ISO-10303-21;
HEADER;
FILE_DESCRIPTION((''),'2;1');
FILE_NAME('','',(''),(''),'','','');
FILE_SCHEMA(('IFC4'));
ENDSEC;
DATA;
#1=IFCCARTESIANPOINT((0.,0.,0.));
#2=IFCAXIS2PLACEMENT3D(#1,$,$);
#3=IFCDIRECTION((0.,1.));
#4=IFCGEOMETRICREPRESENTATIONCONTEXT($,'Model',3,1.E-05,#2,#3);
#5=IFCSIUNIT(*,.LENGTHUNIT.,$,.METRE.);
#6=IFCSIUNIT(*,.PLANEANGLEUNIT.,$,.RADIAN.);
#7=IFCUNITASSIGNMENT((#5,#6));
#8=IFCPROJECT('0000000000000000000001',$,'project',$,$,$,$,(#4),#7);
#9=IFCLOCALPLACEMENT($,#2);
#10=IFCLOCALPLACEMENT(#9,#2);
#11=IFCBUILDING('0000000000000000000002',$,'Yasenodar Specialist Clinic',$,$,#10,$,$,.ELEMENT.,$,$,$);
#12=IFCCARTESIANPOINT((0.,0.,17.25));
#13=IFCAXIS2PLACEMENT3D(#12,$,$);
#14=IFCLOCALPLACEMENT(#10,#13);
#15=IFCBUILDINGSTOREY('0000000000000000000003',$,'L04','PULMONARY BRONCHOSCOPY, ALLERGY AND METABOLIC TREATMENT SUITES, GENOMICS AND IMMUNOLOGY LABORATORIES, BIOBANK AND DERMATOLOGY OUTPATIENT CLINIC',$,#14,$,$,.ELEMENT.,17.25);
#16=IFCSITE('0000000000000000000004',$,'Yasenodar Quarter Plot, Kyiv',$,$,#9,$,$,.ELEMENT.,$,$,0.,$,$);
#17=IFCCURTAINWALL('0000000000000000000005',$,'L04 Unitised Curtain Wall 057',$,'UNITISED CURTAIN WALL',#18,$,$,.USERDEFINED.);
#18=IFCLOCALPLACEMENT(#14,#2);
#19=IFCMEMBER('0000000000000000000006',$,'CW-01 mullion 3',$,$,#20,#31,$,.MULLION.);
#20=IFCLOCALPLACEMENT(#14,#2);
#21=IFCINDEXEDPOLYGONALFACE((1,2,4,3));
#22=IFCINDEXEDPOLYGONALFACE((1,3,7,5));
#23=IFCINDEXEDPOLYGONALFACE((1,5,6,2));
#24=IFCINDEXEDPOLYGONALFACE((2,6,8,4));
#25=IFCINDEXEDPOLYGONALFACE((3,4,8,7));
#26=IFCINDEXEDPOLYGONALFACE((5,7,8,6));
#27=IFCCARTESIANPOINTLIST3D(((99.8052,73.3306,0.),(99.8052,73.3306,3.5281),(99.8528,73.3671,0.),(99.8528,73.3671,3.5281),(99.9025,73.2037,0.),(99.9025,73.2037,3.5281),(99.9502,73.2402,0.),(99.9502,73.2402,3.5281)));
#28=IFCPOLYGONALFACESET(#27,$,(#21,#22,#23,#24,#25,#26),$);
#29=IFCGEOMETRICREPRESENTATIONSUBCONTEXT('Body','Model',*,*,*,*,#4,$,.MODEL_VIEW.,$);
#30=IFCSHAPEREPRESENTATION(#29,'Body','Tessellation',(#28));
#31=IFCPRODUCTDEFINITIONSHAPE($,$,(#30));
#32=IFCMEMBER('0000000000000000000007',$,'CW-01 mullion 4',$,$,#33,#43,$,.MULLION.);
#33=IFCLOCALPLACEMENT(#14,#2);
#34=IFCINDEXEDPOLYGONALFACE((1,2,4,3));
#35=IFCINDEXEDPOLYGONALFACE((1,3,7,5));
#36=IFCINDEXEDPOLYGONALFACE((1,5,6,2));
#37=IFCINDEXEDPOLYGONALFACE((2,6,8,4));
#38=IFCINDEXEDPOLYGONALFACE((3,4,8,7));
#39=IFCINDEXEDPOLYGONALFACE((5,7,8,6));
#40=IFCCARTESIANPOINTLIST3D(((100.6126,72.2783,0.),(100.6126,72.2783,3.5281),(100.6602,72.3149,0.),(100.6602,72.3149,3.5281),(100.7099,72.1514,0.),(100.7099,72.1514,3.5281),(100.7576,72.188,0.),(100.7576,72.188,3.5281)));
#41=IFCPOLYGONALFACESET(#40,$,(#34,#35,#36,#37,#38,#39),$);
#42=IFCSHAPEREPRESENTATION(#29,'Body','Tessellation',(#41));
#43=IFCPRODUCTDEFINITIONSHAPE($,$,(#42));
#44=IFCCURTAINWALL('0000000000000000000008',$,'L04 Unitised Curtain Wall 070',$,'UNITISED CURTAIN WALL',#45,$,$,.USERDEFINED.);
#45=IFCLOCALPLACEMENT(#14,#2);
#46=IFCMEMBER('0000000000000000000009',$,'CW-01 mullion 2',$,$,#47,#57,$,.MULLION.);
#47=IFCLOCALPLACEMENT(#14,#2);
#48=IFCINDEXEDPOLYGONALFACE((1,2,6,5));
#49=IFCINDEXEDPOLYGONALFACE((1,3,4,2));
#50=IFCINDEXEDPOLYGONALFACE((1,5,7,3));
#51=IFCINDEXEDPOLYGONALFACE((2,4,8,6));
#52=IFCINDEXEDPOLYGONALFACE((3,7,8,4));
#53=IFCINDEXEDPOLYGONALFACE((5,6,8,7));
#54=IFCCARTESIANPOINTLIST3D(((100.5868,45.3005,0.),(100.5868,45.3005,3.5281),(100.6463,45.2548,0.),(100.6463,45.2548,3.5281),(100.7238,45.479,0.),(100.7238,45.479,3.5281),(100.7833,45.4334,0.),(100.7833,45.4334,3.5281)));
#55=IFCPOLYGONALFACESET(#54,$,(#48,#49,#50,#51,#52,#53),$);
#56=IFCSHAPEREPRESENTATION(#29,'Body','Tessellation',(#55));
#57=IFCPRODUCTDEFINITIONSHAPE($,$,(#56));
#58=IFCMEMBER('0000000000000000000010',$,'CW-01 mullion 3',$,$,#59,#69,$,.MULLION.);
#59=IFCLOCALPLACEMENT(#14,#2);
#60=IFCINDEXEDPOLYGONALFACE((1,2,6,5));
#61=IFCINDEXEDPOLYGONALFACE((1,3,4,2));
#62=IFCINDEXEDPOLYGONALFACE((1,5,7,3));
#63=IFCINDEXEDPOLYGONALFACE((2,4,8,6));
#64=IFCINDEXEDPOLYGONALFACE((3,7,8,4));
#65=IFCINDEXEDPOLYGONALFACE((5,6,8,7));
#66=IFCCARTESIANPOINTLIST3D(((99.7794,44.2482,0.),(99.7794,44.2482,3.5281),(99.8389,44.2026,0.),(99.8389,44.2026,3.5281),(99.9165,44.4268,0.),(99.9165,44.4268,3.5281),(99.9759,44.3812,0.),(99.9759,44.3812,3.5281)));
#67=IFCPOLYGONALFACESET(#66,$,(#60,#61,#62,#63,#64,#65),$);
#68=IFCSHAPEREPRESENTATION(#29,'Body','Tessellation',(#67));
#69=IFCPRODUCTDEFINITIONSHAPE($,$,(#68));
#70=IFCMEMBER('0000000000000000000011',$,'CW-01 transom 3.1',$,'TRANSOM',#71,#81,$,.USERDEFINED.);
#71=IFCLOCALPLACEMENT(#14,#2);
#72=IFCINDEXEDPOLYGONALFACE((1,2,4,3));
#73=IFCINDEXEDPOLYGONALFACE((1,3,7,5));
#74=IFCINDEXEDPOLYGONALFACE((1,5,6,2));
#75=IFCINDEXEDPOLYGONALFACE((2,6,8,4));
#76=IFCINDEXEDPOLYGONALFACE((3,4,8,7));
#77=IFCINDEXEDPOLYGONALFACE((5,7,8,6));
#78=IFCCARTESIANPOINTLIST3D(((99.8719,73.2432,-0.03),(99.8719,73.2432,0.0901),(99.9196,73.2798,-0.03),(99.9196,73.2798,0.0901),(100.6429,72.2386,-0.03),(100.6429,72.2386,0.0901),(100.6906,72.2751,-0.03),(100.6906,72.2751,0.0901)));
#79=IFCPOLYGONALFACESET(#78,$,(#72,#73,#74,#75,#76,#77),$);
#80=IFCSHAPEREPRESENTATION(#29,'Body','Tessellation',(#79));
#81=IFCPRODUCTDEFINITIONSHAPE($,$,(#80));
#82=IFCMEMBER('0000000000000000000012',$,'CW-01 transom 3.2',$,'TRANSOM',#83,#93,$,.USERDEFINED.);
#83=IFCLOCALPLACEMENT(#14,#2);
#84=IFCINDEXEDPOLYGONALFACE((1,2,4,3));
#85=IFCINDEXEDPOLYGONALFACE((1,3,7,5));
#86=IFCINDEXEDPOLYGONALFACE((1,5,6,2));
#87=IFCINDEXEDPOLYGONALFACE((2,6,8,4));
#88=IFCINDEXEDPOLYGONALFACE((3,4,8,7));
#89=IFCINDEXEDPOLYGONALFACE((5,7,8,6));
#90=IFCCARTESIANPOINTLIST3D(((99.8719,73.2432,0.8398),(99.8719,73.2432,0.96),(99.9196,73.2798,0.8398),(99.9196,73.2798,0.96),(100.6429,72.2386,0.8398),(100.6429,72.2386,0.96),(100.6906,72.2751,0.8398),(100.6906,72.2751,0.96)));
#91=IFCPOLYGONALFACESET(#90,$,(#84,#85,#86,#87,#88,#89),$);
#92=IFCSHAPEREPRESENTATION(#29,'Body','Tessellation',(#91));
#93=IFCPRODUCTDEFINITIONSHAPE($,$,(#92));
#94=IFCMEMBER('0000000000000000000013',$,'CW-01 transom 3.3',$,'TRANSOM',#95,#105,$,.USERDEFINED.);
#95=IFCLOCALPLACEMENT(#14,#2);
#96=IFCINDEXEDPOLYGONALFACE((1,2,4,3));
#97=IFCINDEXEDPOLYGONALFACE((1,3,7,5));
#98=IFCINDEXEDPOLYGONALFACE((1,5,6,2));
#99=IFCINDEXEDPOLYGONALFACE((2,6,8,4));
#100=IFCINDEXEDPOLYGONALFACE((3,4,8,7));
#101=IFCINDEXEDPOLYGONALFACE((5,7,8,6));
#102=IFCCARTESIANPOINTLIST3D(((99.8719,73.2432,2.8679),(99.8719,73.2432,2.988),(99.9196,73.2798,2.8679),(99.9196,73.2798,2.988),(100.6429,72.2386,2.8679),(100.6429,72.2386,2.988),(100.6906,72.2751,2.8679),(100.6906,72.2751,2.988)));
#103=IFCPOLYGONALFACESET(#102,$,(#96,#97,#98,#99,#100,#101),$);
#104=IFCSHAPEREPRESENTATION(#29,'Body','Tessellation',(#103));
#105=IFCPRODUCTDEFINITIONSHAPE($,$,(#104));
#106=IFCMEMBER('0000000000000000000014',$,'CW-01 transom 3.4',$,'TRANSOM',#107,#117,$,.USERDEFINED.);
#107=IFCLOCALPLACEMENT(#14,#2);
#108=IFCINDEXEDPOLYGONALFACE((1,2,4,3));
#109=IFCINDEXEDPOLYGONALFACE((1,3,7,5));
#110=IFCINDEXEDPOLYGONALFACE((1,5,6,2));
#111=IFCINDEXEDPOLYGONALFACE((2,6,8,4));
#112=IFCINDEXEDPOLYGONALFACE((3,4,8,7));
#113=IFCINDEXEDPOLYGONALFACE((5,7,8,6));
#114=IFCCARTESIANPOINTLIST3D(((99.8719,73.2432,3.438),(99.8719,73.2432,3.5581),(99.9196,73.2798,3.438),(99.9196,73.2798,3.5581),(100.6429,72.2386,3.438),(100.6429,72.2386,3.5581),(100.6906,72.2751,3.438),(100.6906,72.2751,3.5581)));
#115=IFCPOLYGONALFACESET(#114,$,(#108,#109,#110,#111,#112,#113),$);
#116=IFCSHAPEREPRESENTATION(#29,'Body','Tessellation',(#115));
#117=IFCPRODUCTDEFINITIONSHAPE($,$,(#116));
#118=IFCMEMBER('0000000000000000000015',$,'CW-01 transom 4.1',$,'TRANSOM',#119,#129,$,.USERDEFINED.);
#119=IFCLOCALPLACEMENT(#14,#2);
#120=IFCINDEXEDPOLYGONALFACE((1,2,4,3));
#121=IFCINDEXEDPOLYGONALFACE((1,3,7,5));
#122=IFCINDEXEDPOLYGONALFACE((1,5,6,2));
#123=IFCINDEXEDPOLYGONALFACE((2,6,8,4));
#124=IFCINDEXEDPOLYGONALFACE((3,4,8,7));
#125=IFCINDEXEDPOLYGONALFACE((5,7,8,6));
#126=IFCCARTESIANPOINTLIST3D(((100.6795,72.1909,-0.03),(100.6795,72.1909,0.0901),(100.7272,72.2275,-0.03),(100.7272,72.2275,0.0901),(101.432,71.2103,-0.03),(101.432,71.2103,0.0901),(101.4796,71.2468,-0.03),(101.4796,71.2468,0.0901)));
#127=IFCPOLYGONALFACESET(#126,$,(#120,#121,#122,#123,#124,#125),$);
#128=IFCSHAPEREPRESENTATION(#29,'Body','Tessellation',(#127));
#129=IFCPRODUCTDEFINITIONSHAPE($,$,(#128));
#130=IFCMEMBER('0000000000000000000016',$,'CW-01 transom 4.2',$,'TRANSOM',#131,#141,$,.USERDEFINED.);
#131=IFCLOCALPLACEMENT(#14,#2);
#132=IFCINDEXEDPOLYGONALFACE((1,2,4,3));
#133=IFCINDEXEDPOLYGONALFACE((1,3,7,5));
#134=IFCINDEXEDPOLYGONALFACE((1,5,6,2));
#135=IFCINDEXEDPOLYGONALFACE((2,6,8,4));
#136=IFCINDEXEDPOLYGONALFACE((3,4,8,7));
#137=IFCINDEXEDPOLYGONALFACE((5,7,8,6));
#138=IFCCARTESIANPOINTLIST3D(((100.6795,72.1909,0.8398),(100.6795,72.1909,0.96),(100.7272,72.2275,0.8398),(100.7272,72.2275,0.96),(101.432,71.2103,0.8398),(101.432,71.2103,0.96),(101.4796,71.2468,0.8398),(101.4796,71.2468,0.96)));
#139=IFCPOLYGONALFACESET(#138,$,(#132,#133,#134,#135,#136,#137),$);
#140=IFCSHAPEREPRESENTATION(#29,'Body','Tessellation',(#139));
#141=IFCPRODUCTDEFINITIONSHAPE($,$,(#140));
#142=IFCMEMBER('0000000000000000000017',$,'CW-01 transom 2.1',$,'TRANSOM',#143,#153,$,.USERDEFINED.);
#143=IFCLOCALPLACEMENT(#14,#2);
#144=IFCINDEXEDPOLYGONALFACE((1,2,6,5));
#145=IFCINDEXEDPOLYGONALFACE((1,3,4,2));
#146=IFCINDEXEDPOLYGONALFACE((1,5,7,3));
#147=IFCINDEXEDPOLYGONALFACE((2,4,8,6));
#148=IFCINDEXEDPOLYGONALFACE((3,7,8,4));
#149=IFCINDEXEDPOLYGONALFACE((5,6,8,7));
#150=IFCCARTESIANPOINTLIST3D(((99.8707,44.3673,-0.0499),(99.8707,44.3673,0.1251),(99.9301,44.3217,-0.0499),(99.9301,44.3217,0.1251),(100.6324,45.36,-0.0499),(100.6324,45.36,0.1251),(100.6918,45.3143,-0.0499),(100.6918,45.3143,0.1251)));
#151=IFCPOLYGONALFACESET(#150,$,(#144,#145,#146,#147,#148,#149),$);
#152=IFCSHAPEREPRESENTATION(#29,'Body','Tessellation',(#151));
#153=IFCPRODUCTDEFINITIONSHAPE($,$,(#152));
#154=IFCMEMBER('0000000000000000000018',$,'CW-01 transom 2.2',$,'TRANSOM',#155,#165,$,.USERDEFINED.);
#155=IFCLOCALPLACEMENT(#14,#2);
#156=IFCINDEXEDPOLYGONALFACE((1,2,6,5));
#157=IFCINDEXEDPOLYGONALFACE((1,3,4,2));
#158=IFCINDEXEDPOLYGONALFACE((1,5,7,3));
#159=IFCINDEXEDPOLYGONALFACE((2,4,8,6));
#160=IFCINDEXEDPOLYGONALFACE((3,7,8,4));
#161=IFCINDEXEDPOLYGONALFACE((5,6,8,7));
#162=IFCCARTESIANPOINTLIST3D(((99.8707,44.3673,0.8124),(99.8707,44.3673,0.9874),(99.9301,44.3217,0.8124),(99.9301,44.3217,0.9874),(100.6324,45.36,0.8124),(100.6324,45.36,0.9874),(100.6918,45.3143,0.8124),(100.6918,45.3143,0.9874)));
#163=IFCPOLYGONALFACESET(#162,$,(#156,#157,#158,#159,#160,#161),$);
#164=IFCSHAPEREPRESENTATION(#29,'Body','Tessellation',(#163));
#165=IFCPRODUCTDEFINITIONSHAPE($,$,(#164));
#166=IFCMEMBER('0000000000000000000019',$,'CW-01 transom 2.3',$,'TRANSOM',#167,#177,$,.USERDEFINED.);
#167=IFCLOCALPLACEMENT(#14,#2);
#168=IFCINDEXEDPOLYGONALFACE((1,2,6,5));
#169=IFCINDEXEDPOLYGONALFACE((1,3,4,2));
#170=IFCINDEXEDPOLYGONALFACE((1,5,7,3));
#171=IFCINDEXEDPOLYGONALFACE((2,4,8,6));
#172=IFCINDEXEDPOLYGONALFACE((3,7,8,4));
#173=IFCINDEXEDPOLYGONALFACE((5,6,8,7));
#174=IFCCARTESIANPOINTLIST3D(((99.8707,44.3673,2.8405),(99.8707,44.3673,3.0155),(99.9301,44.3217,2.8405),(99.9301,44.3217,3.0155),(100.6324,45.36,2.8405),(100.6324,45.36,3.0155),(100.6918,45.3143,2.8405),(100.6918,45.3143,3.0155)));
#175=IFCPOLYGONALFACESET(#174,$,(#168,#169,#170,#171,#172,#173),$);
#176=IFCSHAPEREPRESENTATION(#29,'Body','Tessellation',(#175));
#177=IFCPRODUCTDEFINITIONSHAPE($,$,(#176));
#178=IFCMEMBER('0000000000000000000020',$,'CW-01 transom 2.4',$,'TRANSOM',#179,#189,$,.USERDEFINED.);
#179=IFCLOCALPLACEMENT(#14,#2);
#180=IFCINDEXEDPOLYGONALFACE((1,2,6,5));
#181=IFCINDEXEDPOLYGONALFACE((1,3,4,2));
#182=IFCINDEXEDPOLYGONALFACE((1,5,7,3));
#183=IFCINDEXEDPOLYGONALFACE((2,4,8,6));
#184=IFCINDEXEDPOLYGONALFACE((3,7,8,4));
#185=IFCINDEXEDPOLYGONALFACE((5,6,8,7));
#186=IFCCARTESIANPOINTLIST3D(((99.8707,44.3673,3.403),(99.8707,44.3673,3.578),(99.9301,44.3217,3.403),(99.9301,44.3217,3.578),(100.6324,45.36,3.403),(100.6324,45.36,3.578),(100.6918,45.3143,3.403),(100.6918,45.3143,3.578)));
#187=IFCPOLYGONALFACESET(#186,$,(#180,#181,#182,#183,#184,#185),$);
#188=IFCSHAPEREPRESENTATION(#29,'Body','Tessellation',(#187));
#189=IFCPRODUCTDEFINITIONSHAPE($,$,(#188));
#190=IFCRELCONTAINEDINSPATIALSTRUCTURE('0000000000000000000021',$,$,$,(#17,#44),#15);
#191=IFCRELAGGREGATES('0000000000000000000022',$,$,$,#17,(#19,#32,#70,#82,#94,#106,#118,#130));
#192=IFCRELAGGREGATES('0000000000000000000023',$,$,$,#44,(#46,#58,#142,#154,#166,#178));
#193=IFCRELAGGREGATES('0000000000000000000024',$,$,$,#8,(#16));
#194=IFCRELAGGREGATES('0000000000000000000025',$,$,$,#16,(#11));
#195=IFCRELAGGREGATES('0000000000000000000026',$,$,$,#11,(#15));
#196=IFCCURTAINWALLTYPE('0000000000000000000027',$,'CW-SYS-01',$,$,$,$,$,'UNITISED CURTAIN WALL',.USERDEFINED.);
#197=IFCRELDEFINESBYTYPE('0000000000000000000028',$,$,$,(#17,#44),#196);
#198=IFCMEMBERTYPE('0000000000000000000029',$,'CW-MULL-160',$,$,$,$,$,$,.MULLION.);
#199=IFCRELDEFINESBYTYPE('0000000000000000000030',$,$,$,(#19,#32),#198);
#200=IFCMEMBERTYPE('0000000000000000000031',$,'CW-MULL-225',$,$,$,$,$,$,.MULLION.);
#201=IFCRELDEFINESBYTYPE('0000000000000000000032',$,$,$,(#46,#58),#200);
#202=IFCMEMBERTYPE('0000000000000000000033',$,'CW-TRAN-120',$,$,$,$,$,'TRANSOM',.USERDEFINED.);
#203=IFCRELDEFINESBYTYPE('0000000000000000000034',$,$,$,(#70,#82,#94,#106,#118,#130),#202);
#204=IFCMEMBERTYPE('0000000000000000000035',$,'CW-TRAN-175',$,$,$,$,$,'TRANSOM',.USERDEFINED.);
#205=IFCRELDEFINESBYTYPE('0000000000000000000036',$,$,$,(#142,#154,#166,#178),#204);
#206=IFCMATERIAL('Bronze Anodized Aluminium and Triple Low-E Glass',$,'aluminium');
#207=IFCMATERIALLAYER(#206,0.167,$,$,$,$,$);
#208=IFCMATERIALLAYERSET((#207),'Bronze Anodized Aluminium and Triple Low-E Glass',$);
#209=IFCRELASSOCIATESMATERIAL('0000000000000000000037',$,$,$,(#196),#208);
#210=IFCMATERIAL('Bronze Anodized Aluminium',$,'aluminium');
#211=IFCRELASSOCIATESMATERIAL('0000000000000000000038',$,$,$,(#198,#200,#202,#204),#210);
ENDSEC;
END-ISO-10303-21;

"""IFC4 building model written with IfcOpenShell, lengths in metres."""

from ifc_helpers import new_model, si_unit, direction, frame, origin, origin_2d, place, context, subcontext, project, spatial, rectangle, extrude, material, layer, layer_set, material_profile, profile_set, type_object, element, aggregate, save


model = new_model("IFC4")

# Units and contexts
model_context = context("Model", 3, precision=1e-05, world=origin(), true_north=direction((0.0, 1.0)))
body_context = subcontext(model_context, "Body", "Model", "MODEL_VIEW")
ifc_project = project(units=[si_unit("LENGTHUNIT", "METRE"), si_unit("PLANEANGLEUNIT", "RADIAN")], contexts=[model_context])

# Site, building, storey
site_placement = place(None, origin())
site = spatial("IfcSite", under=ifc_project, at=site_placement, Name="Yasenodar Quarter Plot, Kyiv", CompositionType="ELEMENT", RefElevation=0.0)
building_placement = place(site_placement, origin())
building = spatial("IfcBuilding", under=site, at=building_placement, Name="Yasenodar Specialist Clinic", CompositionType="ELEMENT")
storey_placement = place(building_placement, frame((0.0, 0.0, 17.25)))
storey = spatial("IfcBuildingStorey", under=building, at=storey_placement, Name="L04", Description="PULMONARY BRONCHOSCOPY, ALLERGY AND METABOLIC TREATMENT SUITES, GENOMICS AND IMMUNOLOGY LABORATORIES, BIOBANK AND DERMATOLOGY OUTPATIENT CLINIC", CompositionType="ELEMENT", Elevation=17.25)

# Curtain walls, members
ifc_material_1 = material(Name="Bronze Anodized Aluminium and Triple Low-E Glass", Category="aluminium")
ifc_layer_1 = layer(ifc_material_1, 0.167)
ifc_layer_set_1 = layer_set([ifc_layer_1], Name="Bronze Anodized Aluminium and Triple Low-E Glass")
curtain_wall_type = type_object("IfcCurtainWallType", Name="CW-SYS-01", ElementType="UNITISED CURTAIN WALL", PredefinedType="USERDEFINED", material=ifc_layer_set_1)
curtain_wall_1_placement = place(storey_placement, origin())
curtain_wall_1 = element("IfcCurtainWall", 1, at=curtain_wall_1_placement, inside=storey, type_object=curtain_wall_type, Name="L04 Unitised Curtain Wall 057", ObjectType="UNITISED CURTAIN WALL", PredefinedType="USERDEFINED")
ifc_material_2 = material(Name="Bronze Anodized Aluminium", Category="aluminium")
ifc_material_profile_1 = material_profile(ifc_material_2, rectangle(XDim=0.0601, YDim=0.1599, at=origin_2d()), Name="CW-MULL 60x160")
ifc_profile_set_1 = profile_set([ifc_material_profile_1], Name="Bronze Anodized Aluminium")
member_type_1 = type_object("IfcMemberType", Name="CW-MULL-160", PredefinedType="MULLION", material=ifc_profile_set_1)
member_1_placement = place(storey_placement, frame((99.8777, 73.2854, 0.0), z_axis=(0.0, 0.0, 1.0), x_axis=(0.793361, 0.608752, 0.0)))
member_1 = element("IfcMember", 2, at=member_1_placement, type_object=member_type_1, Name="CW-01 mullion 3", PredefinedType="MULLION", context=body_context, shape_type="SweptSolid", body=[
    extrude(rectangle(XDim=0.0601, YDim=0.1599, at=origin_2d()), origin(), (0.0, 0.0, 1.0), 3.5281),
])
member_2_placement = place(storey_placement, frame((100.6851, 72.2332, 0.0), z_axis=(0.0, 0.0, 1.0), x_axis=(0.793361, 0.608752, 0.0)))
member_2 = element("IfcMember", 3, at=member_2_placement, type_object=member_type_1, Name="CW-01 mullion 4", PredefinedType="MULLION", context=body_context, shape_type="SweptSolid", body=[
    extrude(rectangle(XDim=0.0601, YDim=0.1599, at=origin_2d()), origin(), (0.0, 0.0, 1.0), 3.5281),
])
curtain_wall_2_placement = place(storey_placement, origin())
curtain_wall_2 = element("IfcCurtainWall", 4, at=curtain_wall_2_placement, inside=storey, type_object=curtain_wall_type, Name="L04 Unitised Curtain Wall 070", ObjectType="UNITISED CURTAIN WALL", PredefinedType="USERDEFINED")
ifc_material_profile_2 = material_profile(ifc_material_2, rectangle(XDim=0.075, YDim=0.2251, at=origin_2d()), Name="CW-MULL 75x225")
ifc_profile_set_2 = profile_set([ifc_material_profile_2], Name="Bronze Anodized Aluminium")
member_type_2 = type_object("IfcMemberType", Name="CW-MULL-225", PredefinedType="MULLION", material=ifc_profile_set_2)
member_3_placement = place(storey_placement, frame((100.6851, 45.3669, 0.0), z_axis=(0.0, 0.0, 1.0), x_axis=(0.793361, -0.608752, 0.0)))
member_3 = element("IfcMember", 5, at=member_3_placement, type_object=member_type_2, Name="CW-01 mullion 2", PredefinedType="MULLION", context=body_context, shape_type="SweptSolid", body=[
    extrude(rectangle(XDim=0.075, YDim=0.2251, at=origin_2d()), origin(), (0.0, 0.0, 1.0), 3.5281),
])
member_4_placement = place(storey_placement, frame((99.8777, 44.3147, 0.0), z_axis=(0.0, 0.0, 1.0), x_axis=(0.793361, -0.608752, 0.0)))
member_4 = element("IfcMember", 6, at=member_4_placement, type_object=member_type_2, Name="CW-01 mullion 3", PredefinedType="MULLION", context=body_context, shape_type="SweptSolid", body=[
    extrude(rectangle(XDim=0.075, YDim=0.2251, at=origin_2d()), origin(), (0.0, 0.0, 1.0), 3.5281),
])

# Members
ifc_material_profile_3 = material_profile(ifc_material_2, rectangle(XDim=0.0601, YDim=0.1201, at=origin_2d()), Name="CW-TRAN 60x120")
ifc_profile_set_3 = profile_set([ifc_material_profile_3], Name="Bronze Anodized Aluminium")
member_type_3 = type_object("IfcMemberType", Name="CW-TRAN-120", ElementType="TRANSOM", PredefinedType="USERDEFINED", material=ifc_profile_set_3)
member_5_placement = place(storey_placement, frame((99.8958, 73.2615, 0.03), z_axis=(0.608816, -0.793311, 0.0), x_axis=(0.793311, 0.608816, 0.0)))
member_5 = element("IfcMember", 7, at=member_5_placement, type_object=member_type_3, Name="CW-01 transom 3.1", ObjectType="TRANSOM", PredefinedType="USERDEFINED", context=body_context, shape_type="SweptSolid", body=[
    extrude(rectangle(XDim=0.0601, YDim=0.1201, at=origin_2d()), origin(), (0.0, 0.0, 1.0), 1.2664),
])
member_6_placement = place(storey_placement, frame((99.8958, 73.2615, 0.8999), z_axis=(0.608816, -0.793311, 0.0), x_axis=(0.793311, 0.608816, 0.0)))
member_6 = element("IfcMember", 8, at=member_6_placement, type_object=member_type_3, Name="CW-01 transom 3.2", ObjectType="TRANSOM", PredefinedType="USERDEFINED", context=body_context, shape_type="SweptSolid", body=[
    extrude(rectangle(XDim=0.0601, YDim=0.1201, at=origin_2d()), origin(), (0.0, 0.0, 1.0), 1.2664),
])
member_7_placement = place(storey_placement, frame((99.8958, 73.2615, 2.928), z_axis=(0.608816, -0.793311, 0.0), x_axis=(0.793311, 0.608816, 0.0)))
member_7 = element("IfcMember", 9, at=member_7_placement, type_object=member_type_3, Name="CW-01 transom 3.3", ObjectType="TRANSOM", PredefinedType="USERDEFINED", context=body_context, shape_type="SweptSolid", body=[
    extrude(rectangle(XDim=0.0601, YDim=0.1201, at=origin_2d()), origin(), (0.0, 0.0, 1.0), 1.2664),
])
member_8_placement = place(storey_placement, frame((99.8958, 73.2615, 3.498), z_axis=(0.608816, -0.793311, 0.0), x_axis=(0.793311, 0.608816, 0.0)))
member_8 = element("IfcMember", 10, at=member_8_placement, type_object=member_type_3, Name="CW-01 transom 3.4", ObjectType="TRANSOM", PredefinedType="USERDEFINED", context=body_context, shape_type="SweptSolid", body=[
    extrude(rectangle(XDim=0.0601, YDim=0.1201, at=origin_2d()), origin(), (0.0, 0.0, 1.0), 1.2664),
])
member_9_placement = place(storey_placement, frame((100.7034, 72.2092, 0.03), z_axis=(0.608718, -0.793387, 0.0), x_axis=(0.793387, 0.608718, 0.0)))
member_9 = element("IfcMember", 11, at=member_9_placement, type_object=member_type_3, Name="CW-01 transom 4.1", ObjectType="TRANSOM", PredefinedType="USERDEFINED", context=body_context, shape_type="SweptSolid", body=[
    extrude(rectangle(XDim=0.0601, YDim=0.1201, at=origin_2d()), origin(), (0.0, 0.0, 1.0), 1.2361),
])
member_10_placement = place(storey_placement, frame((100.7034, 72.2092, 0.8999), z_axis=(0.608718, -0.793387, 0.0), x_axis=(0.793387, 0.608718, 0.0)))
member_10 = element("IfcMember", 12, at=member_10_placement, type_object=member_type_3, Name="CW-01 transom 4.2", ObjectType="TRANSOM", PredefinedType="USERDEFINED", context=body_context, shape_type="SweptSolid", body=[
    extrude(rectangle(XDim=0.0601, YDim=0.1201, at=origin_2d()), origin(), (0.0, 0.0, 1.0), 1.2361),
])
ifc_material_profile_4 = material_profile(ifc_material_2, rectangle(XDim=0.075, YDim=0.175, at=origin_2d()), Name="CW-TRAN 75x175")
ifc_profile_set_4 = profile_set([ifc_material_profile_4], Name="Bronze Anodized Aluminium")
member_type_4 = type_object("IfcMemberType", Name="CW-TRAN-175", ElementType="TRANSOM", PredefinedType="USERDEFINED", material=ifc_profile_set_4)
member_11_placement = place(storey_placement, frame((100.6621, 45.3372, 0.0376), z_axis=(-0.608767, -0.793349, 0.0), x_axis=(0.793349, -0.608767, 0.0)))
member_11 = element("IfcMember", 13, at=member_11_placement, type_object=member_type_4, Name="CW-01 transom 2.1", ObjectType="TRANSOM", PredefinedType="USERDEFINED", context=body_context, shape_type="SweptSolid", body=[
    extrude(rectangle(XDim=0.075, YDim=0.175, at=origin_2d()), origin(), (0.0, 0.0, 1.0), 1.2512),
])
member_12_placement = place(storey_placement, frame((100.6621, 45.3372, 0.8999), z_axis=(-0.608767, -0.793349, 0.0), x_axis=(0.793349, -0.608767, 0.0)))
member_12 = element("IfcMember", 14, at=member_12_placement, type_object=member_type_4, Name="CW-01 transom 2.2", ObjectType="TRANSOM", PredefinedType="USERDEFINED", context=body_context, shape_type="SweptSolid", body=[
    extrude(rectangle(XDim=0.075, YDim=0.175, at=origin_2d()), origin(), (0.0, 0.0, 1.0), 1.2512),
])
member_13_placement = place(storey_placement, frame((100.6621, 45.3372, 2.928), z_axis=(-0.608767, -0.793349, 0.0), x_axis=(0.793349, -0.608767, 0.0)))
member_13 = element("IfcMember", 15, at=member_13_placement, type_object=member_type_4, Name="CW-01 transom 2.3", ObjectType="TRANSOM", PredefinedType="USERDEFINED", context=body_context, shape_type="SweptSolid", body=[
    extrude(rectangle(XDim=0.075, YDim=0.175, at=origin_2d()), origin(), (0.0, 0.0, 1.0), 1.2512),
])
member_14_placement = place(storey_placement, frame((100.6621, 45.3372, 3.4905), z_axis=(-0.608767, -0.793349, 0.0), x_axis=(0.793349, -0.608767, 0.0)))
member_14 = element("IfcMember", 16, at=member_14_placement, type_object=member_type_4, Name="CW-01 transom 2.4", ObjectType="TRANSOM", PredefinedType="USERDEFINED", context=body_context, shape_type="SweptSolid", body=[
    extrude(rectangle(XDim=0.075, YDim=0.175, at=origin_2d()), origin(), (0.0, 0.0, 1.0), 1.2512),
])

aggregate(curtain_wall_1, [member_1, member_2, member_5, member_6, member_7, member_8, member_9, member_10])
aggregate(curtain_wall_2, [member_3, member_4, member_11, member_12, member_13, member_14])

save(model, "model.ifc")
